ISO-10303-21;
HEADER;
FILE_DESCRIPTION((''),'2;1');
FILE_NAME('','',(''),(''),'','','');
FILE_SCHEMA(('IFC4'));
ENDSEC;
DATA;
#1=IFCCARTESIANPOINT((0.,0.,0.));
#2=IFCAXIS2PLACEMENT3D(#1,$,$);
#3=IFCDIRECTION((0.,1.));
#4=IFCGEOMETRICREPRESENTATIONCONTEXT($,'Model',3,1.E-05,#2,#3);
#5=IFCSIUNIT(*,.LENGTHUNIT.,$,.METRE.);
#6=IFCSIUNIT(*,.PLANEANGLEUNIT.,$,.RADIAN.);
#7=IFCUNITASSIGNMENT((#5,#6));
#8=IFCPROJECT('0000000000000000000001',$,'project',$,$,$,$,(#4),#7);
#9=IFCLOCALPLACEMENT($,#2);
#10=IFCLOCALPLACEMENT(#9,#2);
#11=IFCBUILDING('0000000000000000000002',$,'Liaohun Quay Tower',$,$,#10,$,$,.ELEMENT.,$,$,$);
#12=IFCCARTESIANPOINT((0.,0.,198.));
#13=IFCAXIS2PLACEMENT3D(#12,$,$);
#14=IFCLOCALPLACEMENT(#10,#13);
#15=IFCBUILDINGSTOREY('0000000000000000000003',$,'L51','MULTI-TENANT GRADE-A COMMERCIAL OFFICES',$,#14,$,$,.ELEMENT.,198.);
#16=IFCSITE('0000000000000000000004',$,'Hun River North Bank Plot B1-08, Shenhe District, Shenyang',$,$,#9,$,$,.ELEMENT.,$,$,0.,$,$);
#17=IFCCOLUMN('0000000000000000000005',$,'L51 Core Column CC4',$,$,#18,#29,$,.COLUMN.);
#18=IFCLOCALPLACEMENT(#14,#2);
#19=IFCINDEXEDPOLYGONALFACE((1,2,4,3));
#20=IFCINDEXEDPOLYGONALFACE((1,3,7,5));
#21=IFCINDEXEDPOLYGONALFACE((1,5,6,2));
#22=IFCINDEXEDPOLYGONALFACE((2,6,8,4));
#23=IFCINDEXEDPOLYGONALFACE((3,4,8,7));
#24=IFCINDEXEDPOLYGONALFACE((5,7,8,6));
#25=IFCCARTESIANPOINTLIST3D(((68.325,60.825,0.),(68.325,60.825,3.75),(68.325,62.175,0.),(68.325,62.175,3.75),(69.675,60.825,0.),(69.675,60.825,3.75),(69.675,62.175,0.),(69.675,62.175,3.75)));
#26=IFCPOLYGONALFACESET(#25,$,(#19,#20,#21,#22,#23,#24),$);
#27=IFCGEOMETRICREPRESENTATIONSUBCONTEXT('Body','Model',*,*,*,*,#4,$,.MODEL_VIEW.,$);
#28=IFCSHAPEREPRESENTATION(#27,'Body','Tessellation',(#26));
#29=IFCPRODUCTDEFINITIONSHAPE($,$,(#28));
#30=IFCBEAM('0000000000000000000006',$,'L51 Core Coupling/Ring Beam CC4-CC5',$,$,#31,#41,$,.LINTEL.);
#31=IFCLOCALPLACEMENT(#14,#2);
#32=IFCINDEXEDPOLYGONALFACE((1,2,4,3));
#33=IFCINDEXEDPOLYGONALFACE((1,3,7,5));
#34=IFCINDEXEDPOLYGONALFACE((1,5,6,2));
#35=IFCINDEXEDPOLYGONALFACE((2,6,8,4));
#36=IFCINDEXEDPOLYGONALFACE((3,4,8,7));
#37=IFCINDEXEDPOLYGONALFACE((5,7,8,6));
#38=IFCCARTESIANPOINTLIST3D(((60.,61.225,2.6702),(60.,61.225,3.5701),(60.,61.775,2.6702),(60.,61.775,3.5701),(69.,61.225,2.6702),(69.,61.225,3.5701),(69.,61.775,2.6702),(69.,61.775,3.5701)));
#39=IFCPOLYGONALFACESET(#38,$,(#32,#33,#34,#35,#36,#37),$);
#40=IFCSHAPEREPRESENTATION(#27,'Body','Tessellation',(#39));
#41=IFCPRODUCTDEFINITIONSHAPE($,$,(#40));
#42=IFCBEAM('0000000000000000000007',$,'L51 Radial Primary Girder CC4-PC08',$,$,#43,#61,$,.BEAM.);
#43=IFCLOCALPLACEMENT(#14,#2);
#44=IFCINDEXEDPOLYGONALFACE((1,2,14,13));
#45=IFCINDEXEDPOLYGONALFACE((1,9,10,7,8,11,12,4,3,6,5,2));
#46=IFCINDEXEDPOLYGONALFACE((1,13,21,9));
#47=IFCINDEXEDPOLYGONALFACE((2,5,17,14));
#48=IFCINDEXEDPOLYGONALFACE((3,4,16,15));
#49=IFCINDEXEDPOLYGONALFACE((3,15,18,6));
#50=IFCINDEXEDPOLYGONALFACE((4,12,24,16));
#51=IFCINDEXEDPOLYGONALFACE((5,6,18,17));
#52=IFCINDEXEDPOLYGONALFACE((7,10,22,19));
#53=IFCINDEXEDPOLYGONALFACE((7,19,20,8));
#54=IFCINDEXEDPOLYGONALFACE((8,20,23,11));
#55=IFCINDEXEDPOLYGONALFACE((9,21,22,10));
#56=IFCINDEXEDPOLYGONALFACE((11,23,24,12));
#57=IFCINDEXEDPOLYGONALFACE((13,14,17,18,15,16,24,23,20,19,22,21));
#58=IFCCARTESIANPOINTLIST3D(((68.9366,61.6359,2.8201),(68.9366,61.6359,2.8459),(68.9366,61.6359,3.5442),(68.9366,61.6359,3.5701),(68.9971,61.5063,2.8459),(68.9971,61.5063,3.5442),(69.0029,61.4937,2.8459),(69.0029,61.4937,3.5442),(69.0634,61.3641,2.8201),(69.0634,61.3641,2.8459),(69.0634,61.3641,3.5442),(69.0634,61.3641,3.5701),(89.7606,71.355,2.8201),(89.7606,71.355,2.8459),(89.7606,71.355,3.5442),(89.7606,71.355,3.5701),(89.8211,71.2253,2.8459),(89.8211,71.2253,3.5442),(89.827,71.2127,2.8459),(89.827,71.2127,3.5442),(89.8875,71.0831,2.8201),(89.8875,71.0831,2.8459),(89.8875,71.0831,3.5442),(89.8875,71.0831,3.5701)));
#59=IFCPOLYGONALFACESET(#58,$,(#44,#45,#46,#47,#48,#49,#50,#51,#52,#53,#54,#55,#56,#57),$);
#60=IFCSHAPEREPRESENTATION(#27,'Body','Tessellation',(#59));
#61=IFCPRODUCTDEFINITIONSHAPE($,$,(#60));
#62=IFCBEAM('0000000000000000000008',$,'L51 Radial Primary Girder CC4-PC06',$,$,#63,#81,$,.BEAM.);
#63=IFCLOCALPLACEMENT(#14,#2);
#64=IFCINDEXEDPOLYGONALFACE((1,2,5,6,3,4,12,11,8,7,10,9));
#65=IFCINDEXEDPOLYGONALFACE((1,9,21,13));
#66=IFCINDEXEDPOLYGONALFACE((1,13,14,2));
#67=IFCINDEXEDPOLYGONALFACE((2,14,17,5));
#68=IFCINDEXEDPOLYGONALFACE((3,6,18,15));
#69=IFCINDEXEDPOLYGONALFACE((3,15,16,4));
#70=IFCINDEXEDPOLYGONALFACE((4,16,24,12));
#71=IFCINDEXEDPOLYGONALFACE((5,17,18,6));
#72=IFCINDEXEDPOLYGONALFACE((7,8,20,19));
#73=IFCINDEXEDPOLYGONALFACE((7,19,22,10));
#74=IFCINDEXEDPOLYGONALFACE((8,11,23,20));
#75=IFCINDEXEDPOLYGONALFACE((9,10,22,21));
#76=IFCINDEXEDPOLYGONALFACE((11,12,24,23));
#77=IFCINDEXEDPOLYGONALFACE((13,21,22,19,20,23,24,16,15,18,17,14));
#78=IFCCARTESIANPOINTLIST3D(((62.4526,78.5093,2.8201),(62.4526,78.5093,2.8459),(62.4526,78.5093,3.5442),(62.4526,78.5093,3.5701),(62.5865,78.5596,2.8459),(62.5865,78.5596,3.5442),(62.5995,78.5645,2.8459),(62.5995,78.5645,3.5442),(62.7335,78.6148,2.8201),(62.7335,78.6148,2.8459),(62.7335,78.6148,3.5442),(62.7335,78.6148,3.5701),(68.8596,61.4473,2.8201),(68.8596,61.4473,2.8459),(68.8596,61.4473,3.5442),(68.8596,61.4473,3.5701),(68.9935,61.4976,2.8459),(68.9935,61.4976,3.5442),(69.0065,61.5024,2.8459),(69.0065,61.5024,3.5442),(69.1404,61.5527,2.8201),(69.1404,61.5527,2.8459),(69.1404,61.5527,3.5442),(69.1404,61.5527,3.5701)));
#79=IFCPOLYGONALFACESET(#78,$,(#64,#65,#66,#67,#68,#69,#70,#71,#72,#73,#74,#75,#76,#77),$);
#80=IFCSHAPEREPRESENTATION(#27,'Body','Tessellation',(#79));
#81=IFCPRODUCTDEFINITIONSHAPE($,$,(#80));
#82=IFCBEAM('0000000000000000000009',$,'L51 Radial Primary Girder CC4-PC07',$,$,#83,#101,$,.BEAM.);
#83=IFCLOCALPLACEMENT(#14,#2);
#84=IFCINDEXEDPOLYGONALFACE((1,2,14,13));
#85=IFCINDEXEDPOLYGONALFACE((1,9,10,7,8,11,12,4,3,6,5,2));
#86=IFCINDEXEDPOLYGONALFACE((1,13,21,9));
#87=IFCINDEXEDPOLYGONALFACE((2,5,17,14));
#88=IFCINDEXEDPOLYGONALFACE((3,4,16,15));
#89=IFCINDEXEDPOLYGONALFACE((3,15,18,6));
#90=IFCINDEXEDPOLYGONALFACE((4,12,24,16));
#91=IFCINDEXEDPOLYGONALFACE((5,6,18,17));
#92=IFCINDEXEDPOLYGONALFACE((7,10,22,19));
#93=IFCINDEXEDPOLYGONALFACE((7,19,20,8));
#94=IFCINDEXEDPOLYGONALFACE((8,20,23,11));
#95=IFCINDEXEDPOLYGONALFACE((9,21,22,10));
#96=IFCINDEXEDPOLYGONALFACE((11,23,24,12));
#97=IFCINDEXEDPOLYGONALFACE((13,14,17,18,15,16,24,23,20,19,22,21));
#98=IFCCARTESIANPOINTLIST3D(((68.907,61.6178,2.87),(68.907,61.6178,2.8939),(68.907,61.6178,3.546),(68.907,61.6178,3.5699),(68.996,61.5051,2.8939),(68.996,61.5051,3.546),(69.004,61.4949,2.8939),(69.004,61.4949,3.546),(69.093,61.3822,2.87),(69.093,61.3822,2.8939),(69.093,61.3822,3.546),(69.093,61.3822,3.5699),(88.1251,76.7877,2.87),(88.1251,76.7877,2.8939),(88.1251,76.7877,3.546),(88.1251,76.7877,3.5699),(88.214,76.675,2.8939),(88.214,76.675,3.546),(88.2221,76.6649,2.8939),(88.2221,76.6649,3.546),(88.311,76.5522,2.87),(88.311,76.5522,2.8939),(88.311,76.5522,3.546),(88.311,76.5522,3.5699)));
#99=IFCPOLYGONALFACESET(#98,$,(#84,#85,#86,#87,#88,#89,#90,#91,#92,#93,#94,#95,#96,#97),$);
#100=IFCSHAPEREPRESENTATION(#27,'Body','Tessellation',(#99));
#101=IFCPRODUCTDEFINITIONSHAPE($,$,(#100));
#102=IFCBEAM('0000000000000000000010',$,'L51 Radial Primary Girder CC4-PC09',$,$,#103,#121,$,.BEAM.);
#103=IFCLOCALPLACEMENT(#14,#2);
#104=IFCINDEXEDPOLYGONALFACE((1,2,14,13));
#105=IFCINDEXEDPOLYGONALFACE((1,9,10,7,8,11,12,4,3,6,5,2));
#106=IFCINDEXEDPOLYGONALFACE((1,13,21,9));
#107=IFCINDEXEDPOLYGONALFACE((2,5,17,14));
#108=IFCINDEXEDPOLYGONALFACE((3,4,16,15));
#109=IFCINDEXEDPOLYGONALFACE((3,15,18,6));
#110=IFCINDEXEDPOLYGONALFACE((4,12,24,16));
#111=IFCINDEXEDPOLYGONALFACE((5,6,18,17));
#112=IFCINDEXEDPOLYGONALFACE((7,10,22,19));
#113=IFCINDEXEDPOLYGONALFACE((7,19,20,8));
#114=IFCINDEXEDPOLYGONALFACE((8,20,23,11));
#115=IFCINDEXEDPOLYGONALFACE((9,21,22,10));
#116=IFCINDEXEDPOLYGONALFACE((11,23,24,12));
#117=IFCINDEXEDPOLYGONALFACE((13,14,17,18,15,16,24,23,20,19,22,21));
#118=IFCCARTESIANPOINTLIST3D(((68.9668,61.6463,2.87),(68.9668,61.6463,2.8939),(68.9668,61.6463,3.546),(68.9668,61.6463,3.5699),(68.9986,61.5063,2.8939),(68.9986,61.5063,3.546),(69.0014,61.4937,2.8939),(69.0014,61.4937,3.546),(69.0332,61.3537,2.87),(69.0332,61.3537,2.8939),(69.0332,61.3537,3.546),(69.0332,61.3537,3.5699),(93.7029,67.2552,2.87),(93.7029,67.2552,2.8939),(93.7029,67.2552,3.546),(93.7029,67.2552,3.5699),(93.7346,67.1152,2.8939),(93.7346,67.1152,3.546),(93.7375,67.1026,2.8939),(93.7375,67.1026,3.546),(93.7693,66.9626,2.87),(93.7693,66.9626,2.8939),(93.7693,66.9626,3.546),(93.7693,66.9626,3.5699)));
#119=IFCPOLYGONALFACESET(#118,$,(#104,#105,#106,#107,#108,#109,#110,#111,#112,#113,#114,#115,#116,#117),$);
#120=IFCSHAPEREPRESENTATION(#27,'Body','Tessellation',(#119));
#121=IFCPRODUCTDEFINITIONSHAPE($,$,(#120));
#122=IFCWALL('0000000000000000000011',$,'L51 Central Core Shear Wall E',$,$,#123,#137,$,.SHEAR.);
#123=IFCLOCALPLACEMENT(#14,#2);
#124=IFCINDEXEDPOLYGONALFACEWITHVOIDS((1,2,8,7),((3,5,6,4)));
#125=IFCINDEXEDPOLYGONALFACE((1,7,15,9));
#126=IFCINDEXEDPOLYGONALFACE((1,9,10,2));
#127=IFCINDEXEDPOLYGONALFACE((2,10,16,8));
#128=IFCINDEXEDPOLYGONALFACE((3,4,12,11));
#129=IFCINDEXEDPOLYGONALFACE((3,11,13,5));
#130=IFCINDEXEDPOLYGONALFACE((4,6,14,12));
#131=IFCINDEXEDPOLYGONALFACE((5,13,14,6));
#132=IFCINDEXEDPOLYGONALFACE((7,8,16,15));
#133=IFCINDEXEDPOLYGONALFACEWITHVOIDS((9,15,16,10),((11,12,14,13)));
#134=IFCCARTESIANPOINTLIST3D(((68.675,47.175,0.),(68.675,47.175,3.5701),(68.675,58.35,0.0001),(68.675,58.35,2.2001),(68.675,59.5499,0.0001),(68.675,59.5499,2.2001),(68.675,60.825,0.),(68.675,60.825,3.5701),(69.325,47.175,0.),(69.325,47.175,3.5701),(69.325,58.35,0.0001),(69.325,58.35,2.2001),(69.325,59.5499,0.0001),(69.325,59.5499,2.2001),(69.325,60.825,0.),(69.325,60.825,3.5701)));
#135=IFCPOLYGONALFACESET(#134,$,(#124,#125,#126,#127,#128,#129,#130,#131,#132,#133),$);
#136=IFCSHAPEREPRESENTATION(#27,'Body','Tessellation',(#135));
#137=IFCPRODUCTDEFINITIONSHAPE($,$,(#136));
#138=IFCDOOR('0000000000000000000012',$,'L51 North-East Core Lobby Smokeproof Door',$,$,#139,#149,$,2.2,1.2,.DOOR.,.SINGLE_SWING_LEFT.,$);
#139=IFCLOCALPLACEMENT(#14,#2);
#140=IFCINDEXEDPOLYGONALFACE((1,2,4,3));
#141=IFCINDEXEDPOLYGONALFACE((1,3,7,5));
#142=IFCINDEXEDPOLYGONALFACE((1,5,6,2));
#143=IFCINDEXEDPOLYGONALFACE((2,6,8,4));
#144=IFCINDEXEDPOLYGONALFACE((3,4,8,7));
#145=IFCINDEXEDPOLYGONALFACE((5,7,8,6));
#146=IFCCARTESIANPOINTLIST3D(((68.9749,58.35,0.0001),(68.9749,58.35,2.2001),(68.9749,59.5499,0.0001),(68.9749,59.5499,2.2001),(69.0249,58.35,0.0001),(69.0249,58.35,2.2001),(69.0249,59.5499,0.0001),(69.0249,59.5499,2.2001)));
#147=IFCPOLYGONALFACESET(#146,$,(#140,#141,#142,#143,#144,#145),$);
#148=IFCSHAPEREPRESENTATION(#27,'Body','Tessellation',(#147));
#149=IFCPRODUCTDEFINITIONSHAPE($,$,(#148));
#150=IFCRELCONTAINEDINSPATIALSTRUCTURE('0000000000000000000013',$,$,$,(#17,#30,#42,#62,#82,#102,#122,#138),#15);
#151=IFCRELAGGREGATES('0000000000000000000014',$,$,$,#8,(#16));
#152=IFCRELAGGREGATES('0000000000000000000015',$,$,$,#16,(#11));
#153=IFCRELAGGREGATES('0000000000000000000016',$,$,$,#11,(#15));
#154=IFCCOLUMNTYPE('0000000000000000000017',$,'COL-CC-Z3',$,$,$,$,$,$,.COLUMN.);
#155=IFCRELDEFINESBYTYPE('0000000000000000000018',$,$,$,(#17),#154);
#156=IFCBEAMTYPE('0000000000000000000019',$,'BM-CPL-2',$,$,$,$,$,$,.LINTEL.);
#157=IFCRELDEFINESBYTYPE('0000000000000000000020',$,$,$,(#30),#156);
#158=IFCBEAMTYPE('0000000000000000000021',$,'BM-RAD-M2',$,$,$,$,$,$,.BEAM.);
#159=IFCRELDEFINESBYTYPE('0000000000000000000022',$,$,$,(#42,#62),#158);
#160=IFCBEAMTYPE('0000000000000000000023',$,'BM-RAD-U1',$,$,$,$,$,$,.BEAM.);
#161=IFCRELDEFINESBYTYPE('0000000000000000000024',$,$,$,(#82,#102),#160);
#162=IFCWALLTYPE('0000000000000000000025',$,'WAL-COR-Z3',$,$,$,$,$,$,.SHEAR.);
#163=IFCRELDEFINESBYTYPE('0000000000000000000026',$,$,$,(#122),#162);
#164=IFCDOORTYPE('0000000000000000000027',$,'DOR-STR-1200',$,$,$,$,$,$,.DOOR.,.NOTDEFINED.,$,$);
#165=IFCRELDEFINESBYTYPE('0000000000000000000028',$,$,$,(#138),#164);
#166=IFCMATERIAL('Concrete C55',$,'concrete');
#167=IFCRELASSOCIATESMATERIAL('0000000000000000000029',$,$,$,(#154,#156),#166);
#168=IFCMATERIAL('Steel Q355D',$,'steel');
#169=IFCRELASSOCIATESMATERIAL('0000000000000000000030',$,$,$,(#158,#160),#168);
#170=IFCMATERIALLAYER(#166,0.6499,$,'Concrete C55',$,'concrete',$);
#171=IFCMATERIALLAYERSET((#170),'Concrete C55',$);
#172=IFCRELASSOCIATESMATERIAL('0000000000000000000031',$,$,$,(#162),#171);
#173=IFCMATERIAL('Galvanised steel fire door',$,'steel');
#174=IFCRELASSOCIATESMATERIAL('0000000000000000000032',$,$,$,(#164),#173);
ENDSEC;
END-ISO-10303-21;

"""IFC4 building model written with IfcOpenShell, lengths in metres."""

from ifc_helpers import new_model, si_unit, direction, frame, frame_2d, origin, origin_2d, place, context, subcontext, project, spatial, rectangle, i_section, extrude, source, transform, mapped, material, layer, layer_set, material_profile, profile_set, type_object, element, fill, save


model = new_model("IFC4")

# Units and contexts
model_context = context("Model", 3, precision=1e-05, world=origin(), true_north=direction((0.0, 1.0)))
body_context = subcontext(model_context, "Body", "Model", "MODEL_VIEW")
ifc_project = project(units=[si_unit("LENGTHUNIT", "METRE"), si_unit("PLANEANGLEUNIT", "RADIAN")], contexts=[model_context])

# Site, building, storey
site_placement = place(None, origin())
site = spatial("IfcSite", under=ifc_project, at=site_placement, Name="Hun River North Bank Plot B1-08, Shenhe District, Shenyang", CompositionType="ELEMENT", RefElevation=0.0)
building_placement = place(site_placement, origin())
building = spatial("IfcBuilding", under=site, at=building_placement, Name="Liaohun Quay Tower", CompositionType="ELEMENT")
storey_placement = place(building_placement, frame((0.0, 0.0, 198.0)))
storey = spatial("IfcBuildingStorey", under=building, at=storey_placement, Name="L51", Description="MULTI-TENANT GRADE-A COMMERCIAL OFFICES", CompositionType="ELEMENT", Elevation=198.0)

# Column
ifc_material_1 = material(Name="Concrete C55", Category="concrete")
ifc_material_profile_1 = material_profile(ifc_material_1, rectangle(XDim=1.3501, YDim=1.3501, at=origin_2d()), Name="RC1350x1350")
ifc_profile_set_1 = profile_set([ifc_material_profile_1], Name="Concrete C55")
column_type = type_object("IfcColumnType", Name="COL-CC-Z3", PredefinedType="COLUMN", material=ifc_profile_set_1)
shared_shape_1 = source(origin(), body_context, "Body", "SweptSolid", [
    extrude(rectangle(XDim=1.3501, YDim=1.3501, at=origin_2d()), origin(), (0.0, 0.0, 1.0), 3.75),
])
column_placement = place(storey_placement, frame((69.0, 61.5, 0.0), z_axis=(0.0, 0.0, 1.0), x_axis=(1.0, 0.0, 0.0)))
element("IfcColumn", 1, at=column_placement, inside=storey, type_object=column_type, Name="L51 Core Column CC4", PredefinedType="COLUMN", context=body_context, shape_type="MappedRepresentation", body=[
    mapped(shared_shape_1, transform((0.0, 0.0, 0.0), x_axis=(1.0, 0.0, 0.0), y_axis=(0.0, 1.0, 0.0), z_axis=(0.0, 0.0, 1.0), scale=1.0)),
])

# Beams
ifc_material_profile_2 = material_profile(ifc_material_1, rectangle(XDim=0.55, YDim=0.8999, at=origin_2d()), Name="RC550x900")
ifc_profile_set_2 = profile_set([ifc_material_profile_2], Name="Concrete C55")
beam_type_1 = type_object("IfcBeamType", Name="BM-CPL-2", PredefinedType="LINTEL", material=ifc_profile_set_2)
shared_shape_2 = source(origin(), body_context, "Body", "SweptSolid", [
    extrude(rectangle(XDim=0.55, YDim=0.8999, at=origin_2d()), origin(), (0.0, 0.0, 1.0), 9.0),
])
beam_1_placement = place(storey_placement, frame((69.0, 61.5, 3.1201), z_axis=(-1.0, 0.0, 0.0), x_axis=(0.0, -1.0, 0.0)))
element("IfcBeam", 2, at=beam_1_placement, inside=storey, type_object=beam_type_1, Name="L51 Core Coupling/Ring Beam CC4-CC5", PredefinedType="LINTEL", context=body_context, shape_type="MappedRepresentation", body=[
    mapped(shared_shape_2, transform((0.0, 0.0, 0.0), x_axis=(1.0, 0.0, 0.0), y_axis=(0.0, 1.0, 0.0), z_axis=(0.0, 0.0, 1.0), scale=1.0)),
])
ifc_material_2 = material(Name="Steel Q355D", Category="steel")
ifc_material_profile_3 = material_profile(ifc_material_2, i_section(OverallWidth=0.3, OverallDepth=0.75, WebThickness=0.0139, FlangeThickness=0.0259, at=origin_2d()), Name="HN750x300x14x26")
ifc_profile_set_3 = profile_set([ifc_material_profile_3], Name="Steel Q355D")
beam_type_2 = type_object("IfcBeamType", Name="BM-RAD-M2", PredefinedType="BEAM", material=ifc_profile_set_3)
shared_shape_3 = source(origin(), body_context, "Body", "SweptSolid", [
    extrude(i_section(OverallWidth=0.3, OverallDepth=0.75, WebThickness=0.0139, FlangeThickness=0.0259, at=origin_2d()), origin(), (0.0, 0.0, 1.0), 22.9805),
])
beam_2_placement = place(storey_placement, frame((69.0, 61.5, 3.1951), z_axis=(0.906164, 0.422926, 0.0), x_axis=(-0.422926, 0.906164, 0.0)))
element("IfcBeam", 3, at=beam_2_placement, inside=storey, type_object=beam_type_2, Name="L51 Radial Primary Girder CC4-PC08", PredefinedType="BEAM", context=body_context, shape_type="MappedRepresentation", body=[
    mapped(shared_shape_3, transform((0.0, 0.0, 0.0), x_axis=(1.0, 0.0, 0.0), y_axis=(0.0, 1.0, 0.0), z_axis=(0.0, 0.0, 1.0), scale=1.0)),
])
shared_shape_4 = source(origin(), body_context, "Body", "SweptSolid", [
    extrude(i_section(OverallWidth=0.3, OverallDepth=0.75, WebThickness=0.0139, FlangeThickness=0.0259, at=origin_2d()), origin(), (0.0, 0.0, 1.0), 18.2253),
])
beam_3_placement = place(storey_placement, frame((69.0, 61.5, 3.1951), z_axis=(-0.351543, 0.936172, 0.0), x_axis=(-0.936172, -0.351543, 0.0)))
element("IfcBeam", 4, at=beam_3_placement, inside=storey, type_object=beam_type_2, Name="L51 Radial Primary Girder CC4-PC06", PredefinedType="BEAM", context=body_context, shape_type="MappedRepresentation", body=[
    mapped(shared_shape_4, transform((0.0, 0.0, 0.0), x_axis=(1.0, 0.0, 0.0), y_axis=(0.0, 1.0, 0.0), z_axis=(0.0, 0.0, 1.0), scale=1.0)),
])
ifc_material_profile_4 = material_profile(ifc_material_2, i_section(OverallWidth=0.3, OverallDepth=0.7, WebThickness=0.0129, FlangeThickness=0.0239, at=origin_2d()), Name="HN700x300x13x24")
ifc_profile_set_4 = profile_set([ifc_material_profile_4], Name="Steel Q355D")
beam_type_3 = type_object("IfcBeamType", Name="BM-RAD-U1", PredefinedType="BEAM", material=ifc_profile_set_4)
shared_shape_5 = source(origin(), body_context, "Body", "SweptSolid", [
    extrude(i_section(OverallWidth=0.3, OverallDepth=0.7, WebThickness=0.0129, FlangeThickness=0.0239, at=origin_2d()), origin(), (0.0, 0.0, 1.0), 24.4839),
])
beam_4_placement = place(storey_placement, frame((69.0, 61.5, 3.22), z_axis=(0.784926, 0.619589, 0.0), x_axis=(-0.619589, 0.784926, 0.0)))
element("IfcBeam", 5, at=beam_4_placement, inside=storey, type_object=beam_type_3, Name="L51 Radial Primary Girder CC4-PC07", PredefinedType="BEAM", context=body_context, shape_type="MappedRepresentation", body=[
    mapped(shared_shape_5, transform((0.0, 0.0, 0.0), x_axis=(1.0, 0.0, 0.0), y_axis=(0.0, 1.0, 0.0), z_axis=(0.0, 0.0, 1.0), scale=1.0)),
])
shared_shape_6 = source(origin(), body_context, "Body", "SweptSolid", [
    extrude(i_section(OverallWidth=0.3, OverallDepth=0.7, WebThickness=0.0129, FlangeThickness=0.0239, at=origin_2d()), origin(), (0.0, 0.0, 1.0), 25.364),
])
beam_5_placement = place(storey_placement, frame((69.0, 61.5, 3.22), z_axis=(0.975243, 0.221136, 0.0), x_axis=(-0.221136, 0.975243, 0.0)))
element("IfcBeam", 6, at=beam_5_placement, inside=storey, type_object=beam_type_3, Name="L51 Radial Primary Girder CC4-PC09", PredefinedType="BEAM", context=body_context, shape_type="MappedRepresentation", body=[
    mapped(shared_shape_6, transform((0.0, 0.0, 0.0), x_axis=(1.0, 0.0, 0.0), y_axis=(0.0, 1.0, 0.0), z_axis=(0.0, 0.0, 1.0), scale=1.0)),
])

# Wall, opening, door
ifc_layer_1 = layer(ifc_material_1, 0.6499, Name="Concrete C55", Category="concrete")
ifc_layer_set_1 = layer_set([ifc_layer_1], Name="Concrete C55")
wall_type_1 = type_object("IfcWallType", Name="WAL-COR-Z3", PredefinedType="SHEAR", material=ifc_layer_set_1)
wall_1_placement = place(storey_placement, frame((69.0, 60.825, 0.0), z_axis=(0.0, 0.0, 1.0), x_axis=(0.0, -1.0, 0.0)))
wall_1 = element("IfcWall", 7, at=wall_1_placement, inside=storey, type_object=wall_type_1, Name="L51 Central Core Shear Wall E", PredefinedType="SHEAR", context=body_context, shape_type="SweptSolid", body=[
    extrude(rectangle(XDim=13.6499, YDim=0.6499, at=frame_2d((6.825, 0.0))), origin(), (0.0, 0.0, 1.0), 3.5701),
])
shared_shape_7 = source(origin(), body_context, "Body", "SweptSolid", [
    extrude(rectangle(XDim=1.2, YDim=2.2, at=frame_2d((0.6001, 1.1001))), frame((0.0, 0.335, 0.0), z_axis=(0.0, -1.0, 0.0), x_axis=(1.0, 0.0, 0.0)), (0.0, 0.0, 1.0), 0.6699),
])
opening_1_placement = place(wall_1_placement, frame((1.2749, 0.0, 0.0)))
opening_1 = element("IfcOpeningElement", 8, at=opening_1_placement, cuts=wall_1, PredefinedType="OPENING", context=body_context, shape_type="MappedRepresentation", body=[
    mapped(shared_shape_7, transform((0.0, 0.0, 0.0), x_axis=(1.0, 0.0, 0.0), y_axis=(0.0, 1.0, 0.0), z_axis=(0.0, 0.0, 1.0), scale=1.0)),
])
ifc_material_3 = material(Name="Galvanised steel fire door", Category="steel")
door_type_1 = type_object("IfcDoorType", Name="DOR-STR-1200", OperationType="NOTDEFINED", PredefinedType="DOOR", material=ifc_material_3)
shared_shape_8 = source(origin(), body_context, "Body", "SweptSolid", [
    extrude(rectangle(XDim=1.2, YDim=2.2, at=frame_2d((0.6001, 1.1001))), frame((0.0, 0.0249, 0.0), z_axis=(0.0, -1.0, 0.0), x_axis=(1.0, 0.0, 0.0)), (0.0, 0.0, 1.0), 0.05),
])
door_1_placement = place(opening_1_placement, origin())
door_1 = element("IfcDoor", 9, at=door_1_placement, inside=storey, type_object=door_type_1, Name="L51 North-East Core Lobby Smokeproof Door", OperationType="SINGLE_SWING_LEFT", OverallHeight=2.2, OverallWidth=1.2, PredefinedType="DOOR", context=body_context, shape_type="MappedRepresentation", body=[
    mapped(shared_shape_8, transform((0.0, 0.0, 0.0), x_axis=(1.0, 0.0, 0.0), y_axis=(0.0, 1.0, 0.0), z_axis=(0.0, 0.0, 1.0), scale=1.0)),
])
fill(opening_1, door_1)

save(model, "model.ifc")
